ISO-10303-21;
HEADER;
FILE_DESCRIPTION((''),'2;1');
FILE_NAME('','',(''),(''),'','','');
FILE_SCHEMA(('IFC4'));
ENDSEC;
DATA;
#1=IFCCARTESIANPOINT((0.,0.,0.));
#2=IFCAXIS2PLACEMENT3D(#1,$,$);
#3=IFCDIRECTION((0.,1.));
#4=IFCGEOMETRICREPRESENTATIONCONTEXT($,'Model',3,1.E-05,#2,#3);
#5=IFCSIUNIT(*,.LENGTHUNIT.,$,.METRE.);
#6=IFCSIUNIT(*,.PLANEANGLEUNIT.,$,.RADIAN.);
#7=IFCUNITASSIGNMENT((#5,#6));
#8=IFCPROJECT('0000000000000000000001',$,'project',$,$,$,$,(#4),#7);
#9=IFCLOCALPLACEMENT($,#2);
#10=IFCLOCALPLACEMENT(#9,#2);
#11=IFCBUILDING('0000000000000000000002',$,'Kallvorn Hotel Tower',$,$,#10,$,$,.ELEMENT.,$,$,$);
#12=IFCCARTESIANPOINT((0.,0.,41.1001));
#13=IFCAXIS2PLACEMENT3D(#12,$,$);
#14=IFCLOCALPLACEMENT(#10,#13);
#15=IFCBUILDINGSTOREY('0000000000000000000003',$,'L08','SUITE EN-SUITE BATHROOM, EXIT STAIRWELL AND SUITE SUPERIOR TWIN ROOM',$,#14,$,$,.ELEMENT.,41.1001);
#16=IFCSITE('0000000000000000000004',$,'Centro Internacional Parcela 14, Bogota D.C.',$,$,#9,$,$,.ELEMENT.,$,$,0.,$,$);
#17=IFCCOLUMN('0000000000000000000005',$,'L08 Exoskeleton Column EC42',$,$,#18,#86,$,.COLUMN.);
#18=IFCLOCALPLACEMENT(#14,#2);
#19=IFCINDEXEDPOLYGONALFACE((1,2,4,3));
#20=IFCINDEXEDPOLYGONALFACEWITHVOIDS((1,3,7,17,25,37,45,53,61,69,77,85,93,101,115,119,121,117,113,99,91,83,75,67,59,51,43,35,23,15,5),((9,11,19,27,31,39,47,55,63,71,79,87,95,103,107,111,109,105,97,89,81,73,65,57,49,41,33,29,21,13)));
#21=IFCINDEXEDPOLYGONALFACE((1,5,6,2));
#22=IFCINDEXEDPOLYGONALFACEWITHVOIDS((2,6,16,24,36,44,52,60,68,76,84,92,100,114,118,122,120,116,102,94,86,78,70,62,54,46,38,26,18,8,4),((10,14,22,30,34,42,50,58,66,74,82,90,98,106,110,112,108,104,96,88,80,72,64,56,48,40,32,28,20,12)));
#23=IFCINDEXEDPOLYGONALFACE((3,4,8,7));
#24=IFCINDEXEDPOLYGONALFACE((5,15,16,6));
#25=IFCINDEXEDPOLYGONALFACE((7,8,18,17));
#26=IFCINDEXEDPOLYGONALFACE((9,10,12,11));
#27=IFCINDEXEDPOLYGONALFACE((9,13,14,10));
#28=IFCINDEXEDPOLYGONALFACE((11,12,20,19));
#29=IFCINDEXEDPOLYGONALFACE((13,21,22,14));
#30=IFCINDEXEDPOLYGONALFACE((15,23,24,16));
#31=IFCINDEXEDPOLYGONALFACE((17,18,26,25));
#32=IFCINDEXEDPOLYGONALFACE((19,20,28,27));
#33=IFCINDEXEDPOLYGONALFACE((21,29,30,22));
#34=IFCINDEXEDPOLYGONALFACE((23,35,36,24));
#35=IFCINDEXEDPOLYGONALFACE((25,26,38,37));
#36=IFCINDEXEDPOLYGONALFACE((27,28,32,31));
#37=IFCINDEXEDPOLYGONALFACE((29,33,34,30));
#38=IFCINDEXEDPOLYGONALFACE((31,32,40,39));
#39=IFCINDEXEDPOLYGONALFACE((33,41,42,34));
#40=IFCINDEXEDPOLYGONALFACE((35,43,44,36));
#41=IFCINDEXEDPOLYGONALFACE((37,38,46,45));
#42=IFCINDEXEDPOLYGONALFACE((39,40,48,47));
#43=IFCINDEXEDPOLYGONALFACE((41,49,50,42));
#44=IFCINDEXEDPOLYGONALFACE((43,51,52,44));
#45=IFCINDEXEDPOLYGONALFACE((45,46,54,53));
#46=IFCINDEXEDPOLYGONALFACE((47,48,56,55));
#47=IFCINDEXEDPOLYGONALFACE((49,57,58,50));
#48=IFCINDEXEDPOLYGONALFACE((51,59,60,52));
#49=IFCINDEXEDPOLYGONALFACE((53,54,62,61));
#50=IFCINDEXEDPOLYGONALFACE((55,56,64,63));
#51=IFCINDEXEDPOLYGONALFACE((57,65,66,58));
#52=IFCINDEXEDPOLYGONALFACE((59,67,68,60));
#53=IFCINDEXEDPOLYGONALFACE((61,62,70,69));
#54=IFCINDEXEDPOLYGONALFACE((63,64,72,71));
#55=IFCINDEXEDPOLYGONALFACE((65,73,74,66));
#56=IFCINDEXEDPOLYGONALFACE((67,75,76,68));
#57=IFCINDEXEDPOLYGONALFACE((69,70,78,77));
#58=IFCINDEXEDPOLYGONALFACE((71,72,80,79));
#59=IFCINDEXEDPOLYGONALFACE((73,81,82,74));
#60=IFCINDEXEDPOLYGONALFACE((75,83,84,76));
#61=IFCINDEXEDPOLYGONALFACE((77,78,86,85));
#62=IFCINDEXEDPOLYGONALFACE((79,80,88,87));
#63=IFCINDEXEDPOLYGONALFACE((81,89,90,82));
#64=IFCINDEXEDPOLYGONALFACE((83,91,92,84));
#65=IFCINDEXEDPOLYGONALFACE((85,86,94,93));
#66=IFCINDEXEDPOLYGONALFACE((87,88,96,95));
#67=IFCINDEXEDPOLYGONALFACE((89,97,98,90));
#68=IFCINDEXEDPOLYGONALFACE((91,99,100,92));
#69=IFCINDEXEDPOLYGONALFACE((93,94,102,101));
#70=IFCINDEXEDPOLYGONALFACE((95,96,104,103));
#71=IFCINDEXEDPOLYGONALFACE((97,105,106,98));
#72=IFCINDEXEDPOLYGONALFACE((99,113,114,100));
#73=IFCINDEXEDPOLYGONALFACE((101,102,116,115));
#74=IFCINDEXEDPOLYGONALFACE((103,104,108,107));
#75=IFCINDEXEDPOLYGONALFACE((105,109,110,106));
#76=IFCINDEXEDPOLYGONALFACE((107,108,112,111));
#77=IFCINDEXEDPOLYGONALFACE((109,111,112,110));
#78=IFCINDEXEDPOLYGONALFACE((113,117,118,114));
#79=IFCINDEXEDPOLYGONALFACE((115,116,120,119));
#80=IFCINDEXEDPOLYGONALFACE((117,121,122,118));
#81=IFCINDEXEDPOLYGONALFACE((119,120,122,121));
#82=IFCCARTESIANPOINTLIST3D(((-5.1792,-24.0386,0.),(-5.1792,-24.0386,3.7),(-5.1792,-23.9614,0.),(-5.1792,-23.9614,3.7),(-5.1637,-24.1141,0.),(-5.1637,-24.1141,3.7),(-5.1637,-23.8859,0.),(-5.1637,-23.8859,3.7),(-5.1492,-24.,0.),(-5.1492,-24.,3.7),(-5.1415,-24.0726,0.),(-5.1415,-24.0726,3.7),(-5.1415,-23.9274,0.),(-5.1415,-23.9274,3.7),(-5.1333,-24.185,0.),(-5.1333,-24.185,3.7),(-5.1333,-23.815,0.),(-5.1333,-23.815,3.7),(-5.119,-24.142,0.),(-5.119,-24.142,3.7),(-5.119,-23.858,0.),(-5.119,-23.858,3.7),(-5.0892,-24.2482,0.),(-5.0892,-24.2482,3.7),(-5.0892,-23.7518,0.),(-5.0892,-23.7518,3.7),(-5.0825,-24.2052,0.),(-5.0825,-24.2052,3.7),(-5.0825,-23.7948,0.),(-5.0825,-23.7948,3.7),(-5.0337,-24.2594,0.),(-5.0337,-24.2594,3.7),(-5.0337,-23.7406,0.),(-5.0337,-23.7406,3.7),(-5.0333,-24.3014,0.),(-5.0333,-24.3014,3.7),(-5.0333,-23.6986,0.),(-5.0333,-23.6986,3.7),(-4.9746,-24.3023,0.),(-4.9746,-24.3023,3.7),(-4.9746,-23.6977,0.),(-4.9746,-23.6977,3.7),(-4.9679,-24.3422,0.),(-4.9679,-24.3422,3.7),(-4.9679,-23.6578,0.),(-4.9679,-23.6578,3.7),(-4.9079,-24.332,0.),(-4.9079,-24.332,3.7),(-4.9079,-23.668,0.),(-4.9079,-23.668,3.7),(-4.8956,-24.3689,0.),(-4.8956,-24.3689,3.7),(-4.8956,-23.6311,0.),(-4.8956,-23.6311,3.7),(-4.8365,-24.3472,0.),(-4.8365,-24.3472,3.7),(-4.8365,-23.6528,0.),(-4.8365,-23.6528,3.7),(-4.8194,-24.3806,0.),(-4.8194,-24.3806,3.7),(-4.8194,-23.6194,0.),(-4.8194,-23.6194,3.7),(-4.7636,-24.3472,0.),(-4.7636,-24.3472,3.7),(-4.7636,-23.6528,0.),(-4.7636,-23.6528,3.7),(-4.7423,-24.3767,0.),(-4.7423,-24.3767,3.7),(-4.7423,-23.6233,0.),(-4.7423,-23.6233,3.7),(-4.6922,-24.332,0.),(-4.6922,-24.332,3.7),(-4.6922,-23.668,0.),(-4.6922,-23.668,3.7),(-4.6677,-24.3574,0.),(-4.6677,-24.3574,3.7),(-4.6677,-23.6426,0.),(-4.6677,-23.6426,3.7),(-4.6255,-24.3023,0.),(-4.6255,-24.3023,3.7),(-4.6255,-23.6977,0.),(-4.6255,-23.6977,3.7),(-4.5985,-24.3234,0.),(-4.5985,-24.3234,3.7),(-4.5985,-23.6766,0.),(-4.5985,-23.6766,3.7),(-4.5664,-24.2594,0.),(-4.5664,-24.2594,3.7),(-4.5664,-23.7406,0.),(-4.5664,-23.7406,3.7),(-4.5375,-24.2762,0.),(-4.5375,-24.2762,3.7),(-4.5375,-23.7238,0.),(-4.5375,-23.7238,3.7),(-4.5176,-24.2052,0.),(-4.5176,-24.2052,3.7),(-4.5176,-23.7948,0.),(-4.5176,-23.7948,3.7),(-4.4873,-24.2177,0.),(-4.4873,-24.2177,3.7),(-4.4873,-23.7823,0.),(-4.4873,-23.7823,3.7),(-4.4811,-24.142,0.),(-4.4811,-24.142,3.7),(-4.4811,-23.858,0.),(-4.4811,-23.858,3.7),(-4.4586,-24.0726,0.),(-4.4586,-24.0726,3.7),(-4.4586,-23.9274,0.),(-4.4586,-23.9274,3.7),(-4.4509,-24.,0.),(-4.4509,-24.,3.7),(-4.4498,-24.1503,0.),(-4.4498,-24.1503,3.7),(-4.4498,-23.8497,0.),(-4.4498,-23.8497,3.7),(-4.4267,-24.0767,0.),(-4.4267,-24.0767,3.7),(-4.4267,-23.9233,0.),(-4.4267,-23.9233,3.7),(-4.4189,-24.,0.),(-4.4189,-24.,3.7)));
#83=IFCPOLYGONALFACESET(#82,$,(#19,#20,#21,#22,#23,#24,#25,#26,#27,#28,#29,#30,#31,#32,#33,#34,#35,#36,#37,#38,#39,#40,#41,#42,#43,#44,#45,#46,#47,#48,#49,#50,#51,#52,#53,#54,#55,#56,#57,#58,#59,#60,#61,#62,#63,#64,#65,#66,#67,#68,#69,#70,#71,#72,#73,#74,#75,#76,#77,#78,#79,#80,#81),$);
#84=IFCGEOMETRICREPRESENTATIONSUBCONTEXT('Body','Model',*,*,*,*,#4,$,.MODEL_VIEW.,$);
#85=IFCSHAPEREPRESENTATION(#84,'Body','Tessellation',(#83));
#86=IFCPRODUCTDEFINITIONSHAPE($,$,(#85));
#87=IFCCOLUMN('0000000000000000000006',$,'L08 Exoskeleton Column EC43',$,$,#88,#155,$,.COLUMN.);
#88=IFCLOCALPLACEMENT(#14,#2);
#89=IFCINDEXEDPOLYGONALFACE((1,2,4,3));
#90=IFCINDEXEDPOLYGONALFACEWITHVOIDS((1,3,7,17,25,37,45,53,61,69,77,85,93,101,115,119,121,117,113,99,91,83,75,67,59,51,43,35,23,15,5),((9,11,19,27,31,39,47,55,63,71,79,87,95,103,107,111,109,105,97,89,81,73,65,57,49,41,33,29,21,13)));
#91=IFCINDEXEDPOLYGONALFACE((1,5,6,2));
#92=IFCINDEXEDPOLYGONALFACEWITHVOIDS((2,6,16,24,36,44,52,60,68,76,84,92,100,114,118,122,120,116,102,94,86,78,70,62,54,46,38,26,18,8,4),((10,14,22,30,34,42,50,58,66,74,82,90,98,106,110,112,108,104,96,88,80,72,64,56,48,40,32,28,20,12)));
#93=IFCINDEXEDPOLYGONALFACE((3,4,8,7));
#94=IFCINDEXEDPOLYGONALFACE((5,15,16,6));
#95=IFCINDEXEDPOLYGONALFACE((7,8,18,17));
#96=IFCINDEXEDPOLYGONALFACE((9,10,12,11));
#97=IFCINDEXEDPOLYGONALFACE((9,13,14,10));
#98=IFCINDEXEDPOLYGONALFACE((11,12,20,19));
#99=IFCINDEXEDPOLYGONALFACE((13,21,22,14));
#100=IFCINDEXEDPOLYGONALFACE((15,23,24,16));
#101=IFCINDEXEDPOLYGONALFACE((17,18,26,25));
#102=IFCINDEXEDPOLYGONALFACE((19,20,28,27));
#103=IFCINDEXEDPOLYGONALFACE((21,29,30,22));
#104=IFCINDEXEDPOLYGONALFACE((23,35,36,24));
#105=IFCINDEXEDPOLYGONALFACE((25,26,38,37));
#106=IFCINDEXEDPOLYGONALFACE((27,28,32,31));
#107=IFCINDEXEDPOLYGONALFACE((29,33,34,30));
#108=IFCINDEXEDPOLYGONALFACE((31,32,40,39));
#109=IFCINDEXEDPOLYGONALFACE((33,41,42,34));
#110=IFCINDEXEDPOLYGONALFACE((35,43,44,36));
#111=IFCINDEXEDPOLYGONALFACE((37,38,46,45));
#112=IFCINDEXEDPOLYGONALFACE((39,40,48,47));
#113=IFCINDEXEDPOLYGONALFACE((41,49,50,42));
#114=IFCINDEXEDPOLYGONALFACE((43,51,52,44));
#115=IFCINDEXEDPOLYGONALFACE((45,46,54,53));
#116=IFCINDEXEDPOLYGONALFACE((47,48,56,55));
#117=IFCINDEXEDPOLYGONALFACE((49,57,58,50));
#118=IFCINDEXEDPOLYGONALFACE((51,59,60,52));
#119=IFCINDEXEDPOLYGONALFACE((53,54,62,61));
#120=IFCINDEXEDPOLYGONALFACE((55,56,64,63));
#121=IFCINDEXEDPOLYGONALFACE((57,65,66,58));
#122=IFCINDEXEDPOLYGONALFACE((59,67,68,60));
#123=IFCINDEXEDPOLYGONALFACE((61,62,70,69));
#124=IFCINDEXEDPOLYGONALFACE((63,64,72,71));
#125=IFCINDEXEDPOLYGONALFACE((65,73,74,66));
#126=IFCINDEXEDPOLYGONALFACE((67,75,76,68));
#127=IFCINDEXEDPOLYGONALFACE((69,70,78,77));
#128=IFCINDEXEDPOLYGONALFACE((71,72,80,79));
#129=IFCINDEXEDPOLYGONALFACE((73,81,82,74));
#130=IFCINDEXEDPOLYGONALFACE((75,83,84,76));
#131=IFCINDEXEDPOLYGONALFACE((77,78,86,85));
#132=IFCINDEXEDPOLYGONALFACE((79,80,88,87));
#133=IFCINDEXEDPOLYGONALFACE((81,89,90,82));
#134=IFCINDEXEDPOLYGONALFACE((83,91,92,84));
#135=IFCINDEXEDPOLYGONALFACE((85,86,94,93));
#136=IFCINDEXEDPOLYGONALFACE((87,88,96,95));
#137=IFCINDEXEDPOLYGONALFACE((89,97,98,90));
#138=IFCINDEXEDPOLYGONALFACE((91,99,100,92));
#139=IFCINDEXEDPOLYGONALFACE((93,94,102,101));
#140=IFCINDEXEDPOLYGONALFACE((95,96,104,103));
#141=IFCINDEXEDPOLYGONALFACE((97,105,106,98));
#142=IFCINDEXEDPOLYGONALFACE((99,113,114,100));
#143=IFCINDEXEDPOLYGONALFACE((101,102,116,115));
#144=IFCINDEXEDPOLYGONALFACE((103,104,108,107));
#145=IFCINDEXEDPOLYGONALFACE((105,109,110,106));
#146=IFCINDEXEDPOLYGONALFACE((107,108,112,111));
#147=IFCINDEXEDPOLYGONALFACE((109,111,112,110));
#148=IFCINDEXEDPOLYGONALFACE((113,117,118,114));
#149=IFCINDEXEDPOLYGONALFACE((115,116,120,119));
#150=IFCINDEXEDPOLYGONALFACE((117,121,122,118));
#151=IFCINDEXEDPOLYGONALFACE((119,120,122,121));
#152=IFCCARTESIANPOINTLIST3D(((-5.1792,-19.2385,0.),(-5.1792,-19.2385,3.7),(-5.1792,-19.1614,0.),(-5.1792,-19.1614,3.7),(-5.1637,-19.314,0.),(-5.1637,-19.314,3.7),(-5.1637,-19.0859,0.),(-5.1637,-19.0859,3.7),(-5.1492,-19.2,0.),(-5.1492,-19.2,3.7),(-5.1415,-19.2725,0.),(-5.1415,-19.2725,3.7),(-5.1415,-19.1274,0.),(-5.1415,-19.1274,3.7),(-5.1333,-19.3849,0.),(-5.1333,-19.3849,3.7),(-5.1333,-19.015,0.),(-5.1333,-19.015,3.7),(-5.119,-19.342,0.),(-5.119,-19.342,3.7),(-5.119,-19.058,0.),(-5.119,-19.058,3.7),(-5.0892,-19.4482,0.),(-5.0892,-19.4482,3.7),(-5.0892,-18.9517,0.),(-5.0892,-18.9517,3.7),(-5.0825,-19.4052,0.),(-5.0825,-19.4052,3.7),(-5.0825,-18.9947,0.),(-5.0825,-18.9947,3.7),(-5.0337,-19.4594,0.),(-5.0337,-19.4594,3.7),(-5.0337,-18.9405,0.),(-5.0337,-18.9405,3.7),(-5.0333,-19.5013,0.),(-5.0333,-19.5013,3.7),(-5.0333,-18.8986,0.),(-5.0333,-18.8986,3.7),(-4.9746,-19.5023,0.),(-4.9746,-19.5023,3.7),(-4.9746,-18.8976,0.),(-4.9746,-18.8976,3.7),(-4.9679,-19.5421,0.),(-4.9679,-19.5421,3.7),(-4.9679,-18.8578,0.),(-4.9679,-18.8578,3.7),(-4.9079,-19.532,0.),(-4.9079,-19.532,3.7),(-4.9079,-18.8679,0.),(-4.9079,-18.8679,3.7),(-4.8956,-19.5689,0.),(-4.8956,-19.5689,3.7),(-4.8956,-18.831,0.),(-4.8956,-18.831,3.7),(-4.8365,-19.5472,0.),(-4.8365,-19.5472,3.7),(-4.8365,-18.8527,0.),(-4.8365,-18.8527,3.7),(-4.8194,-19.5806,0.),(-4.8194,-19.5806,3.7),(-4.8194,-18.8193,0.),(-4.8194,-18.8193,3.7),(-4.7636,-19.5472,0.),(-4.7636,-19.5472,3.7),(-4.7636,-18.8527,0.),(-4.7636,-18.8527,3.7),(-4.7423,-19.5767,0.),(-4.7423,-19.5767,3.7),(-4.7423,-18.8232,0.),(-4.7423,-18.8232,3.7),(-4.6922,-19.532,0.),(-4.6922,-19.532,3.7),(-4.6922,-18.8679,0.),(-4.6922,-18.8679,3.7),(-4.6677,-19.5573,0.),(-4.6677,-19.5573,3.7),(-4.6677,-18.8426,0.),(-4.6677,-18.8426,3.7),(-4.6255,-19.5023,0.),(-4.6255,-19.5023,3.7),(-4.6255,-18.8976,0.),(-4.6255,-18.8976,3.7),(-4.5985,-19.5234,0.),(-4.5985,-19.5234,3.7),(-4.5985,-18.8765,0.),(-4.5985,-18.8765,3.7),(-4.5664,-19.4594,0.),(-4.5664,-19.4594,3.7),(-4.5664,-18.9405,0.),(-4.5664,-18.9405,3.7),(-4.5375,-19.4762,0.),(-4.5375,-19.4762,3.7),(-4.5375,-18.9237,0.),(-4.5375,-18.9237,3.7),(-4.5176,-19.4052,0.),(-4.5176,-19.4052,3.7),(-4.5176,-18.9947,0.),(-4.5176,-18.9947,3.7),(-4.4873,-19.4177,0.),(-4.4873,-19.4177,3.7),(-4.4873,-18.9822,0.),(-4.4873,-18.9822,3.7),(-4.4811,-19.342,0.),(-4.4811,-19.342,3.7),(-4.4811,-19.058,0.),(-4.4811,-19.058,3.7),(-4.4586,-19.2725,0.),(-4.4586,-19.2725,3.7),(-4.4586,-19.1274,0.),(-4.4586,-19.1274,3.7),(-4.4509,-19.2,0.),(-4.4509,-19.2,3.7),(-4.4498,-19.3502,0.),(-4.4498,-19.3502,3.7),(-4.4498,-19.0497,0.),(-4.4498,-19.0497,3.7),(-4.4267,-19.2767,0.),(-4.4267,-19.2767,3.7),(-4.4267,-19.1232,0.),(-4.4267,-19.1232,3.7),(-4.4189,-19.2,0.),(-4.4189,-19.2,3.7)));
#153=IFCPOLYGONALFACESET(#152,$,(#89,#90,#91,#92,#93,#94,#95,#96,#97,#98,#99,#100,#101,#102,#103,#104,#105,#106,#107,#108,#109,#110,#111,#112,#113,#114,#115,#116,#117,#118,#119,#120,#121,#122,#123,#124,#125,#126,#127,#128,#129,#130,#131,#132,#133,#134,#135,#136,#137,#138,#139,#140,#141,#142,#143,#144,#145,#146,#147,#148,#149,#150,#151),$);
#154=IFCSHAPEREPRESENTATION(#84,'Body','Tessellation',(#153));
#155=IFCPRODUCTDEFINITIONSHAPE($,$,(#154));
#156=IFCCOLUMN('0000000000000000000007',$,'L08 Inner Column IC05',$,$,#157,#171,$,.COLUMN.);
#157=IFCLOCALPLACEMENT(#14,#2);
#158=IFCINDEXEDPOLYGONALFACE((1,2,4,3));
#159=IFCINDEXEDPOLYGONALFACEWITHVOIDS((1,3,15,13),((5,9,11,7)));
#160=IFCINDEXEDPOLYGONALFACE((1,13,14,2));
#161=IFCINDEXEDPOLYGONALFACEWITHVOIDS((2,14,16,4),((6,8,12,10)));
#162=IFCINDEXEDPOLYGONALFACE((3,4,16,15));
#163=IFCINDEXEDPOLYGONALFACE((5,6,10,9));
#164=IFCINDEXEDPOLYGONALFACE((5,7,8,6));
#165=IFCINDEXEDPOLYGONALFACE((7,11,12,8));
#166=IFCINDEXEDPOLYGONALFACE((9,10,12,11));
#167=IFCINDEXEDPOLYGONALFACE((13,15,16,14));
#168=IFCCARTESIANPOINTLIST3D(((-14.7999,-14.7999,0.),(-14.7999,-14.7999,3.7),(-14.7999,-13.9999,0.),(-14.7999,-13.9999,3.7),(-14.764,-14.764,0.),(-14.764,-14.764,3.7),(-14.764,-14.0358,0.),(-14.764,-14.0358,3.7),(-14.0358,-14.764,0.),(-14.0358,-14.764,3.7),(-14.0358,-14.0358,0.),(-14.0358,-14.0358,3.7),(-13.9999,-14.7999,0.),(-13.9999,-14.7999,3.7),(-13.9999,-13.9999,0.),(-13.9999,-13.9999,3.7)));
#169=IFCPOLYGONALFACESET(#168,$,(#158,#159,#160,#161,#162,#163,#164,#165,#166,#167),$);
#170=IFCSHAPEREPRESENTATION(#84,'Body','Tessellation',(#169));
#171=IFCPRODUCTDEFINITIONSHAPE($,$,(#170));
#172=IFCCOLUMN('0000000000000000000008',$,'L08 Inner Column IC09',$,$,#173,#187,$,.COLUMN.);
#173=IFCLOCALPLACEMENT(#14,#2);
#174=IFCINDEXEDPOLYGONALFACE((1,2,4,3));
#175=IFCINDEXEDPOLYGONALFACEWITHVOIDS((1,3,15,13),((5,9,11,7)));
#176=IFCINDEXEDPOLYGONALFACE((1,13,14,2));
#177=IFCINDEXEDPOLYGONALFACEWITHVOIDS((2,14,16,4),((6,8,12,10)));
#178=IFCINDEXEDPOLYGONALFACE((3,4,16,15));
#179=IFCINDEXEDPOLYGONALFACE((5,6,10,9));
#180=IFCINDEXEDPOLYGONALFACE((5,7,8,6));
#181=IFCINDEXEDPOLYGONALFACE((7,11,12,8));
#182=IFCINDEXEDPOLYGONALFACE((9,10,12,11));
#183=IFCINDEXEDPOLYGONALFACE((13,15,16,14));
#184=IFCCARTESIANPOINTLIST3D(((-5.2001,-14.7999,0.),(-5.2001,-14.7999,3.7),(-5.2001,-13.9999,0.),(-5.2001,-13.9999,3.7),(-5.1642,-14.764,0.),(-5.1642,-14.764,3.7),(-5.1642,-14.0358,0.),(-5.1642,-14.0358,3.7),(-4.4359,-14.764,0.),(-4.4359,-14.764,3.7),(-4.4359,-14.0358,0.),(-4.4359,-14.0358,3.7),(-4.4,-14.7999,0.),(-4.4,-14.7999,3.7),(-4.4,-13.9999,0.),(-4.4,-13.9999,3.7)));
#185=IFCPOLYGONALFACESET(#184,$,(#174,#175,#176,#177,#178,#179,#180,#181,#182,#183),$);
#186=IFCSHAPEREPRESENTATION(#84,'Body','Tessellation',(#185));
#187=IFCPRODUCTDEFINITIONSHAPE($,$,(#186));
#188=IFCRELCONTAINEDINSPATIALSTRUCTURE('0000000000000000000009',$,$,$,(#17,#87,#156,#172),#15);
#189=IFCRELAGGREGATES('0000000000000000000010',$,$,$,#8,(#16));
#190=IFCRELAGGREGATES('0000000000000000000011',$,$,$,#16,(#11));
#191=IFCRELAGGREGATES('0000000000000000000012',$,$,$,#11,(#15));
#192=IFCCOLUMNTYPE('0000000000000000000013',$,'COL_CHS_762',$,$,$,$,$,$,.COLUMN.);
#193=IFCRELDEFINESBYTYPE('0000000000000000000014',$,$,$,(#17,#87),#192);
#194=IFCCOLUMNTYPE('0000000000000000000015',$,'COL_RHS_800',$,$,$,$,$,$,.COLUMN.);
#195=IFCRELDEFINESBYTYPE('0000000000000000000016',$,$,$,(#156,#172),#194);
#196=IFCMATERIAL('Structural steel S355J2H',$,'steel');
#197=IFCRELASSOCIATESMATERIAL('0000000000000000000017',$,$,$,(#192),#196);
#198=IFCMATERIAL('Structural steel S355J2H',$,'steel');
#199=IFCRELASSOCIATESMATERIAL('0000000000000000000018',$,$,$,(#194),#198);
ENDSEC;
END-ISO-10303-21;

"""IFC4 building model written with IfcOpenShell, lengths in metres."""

from ifc_helpers import new_model, si_unit, direction, frame, origin, origin_2d, place, context, subcontext, project, spatial, hollow_rectangle, hollow_circle, extrude, material, material_profile, profile_set, type_object, element, save


model = new_model("IFC4")

# Units and contexts
model_context = context("Model", 3, precision=1e-05, world=origin(), true_north=direction((0.0, 1.0)))
body_context = subcontext(model_context, "Body", "Model", "MODEL_VIEW")
ifc_project = project(units=[si_unit("LENGTHUNIT", "METRE"), si_unit("PLANEANGLEUNIT", "RADIAN")], contexts=[model_context])

# Site, building, storey
site_placement = place(None, origin())
site = spatial("IfcSite", under=ifc_project, at=site_placement, Name="Centro Internacional Parcela 14, Bogota D.C.", CompositionType="ELEMENT", RefElevation=0.0)
building_placement = place(site_placement, origin())
building = spatial("IfcBuilding", under=site, at=building_placement, Name="Kallvorn Hotel Tower", CompositionType="ELEMENT")
storey_placement = place(building_placement, frame((0.0, 0.0, 41.1001)))
storey = spatial("IfcBuildingStorey", under=building, at=storey_placement, Name="L08", Description="SUITE EN-SUITE BATHROOM, EXIT STAIRWELL AND SUITE SUPERIOR TWIN ROOM", CompositionType="ELEMENT", Elevation=41.1001)

# Columns
ifc_material_1 = material(Name="Structural steel S355J2H", Category="steel")
ifc_material_profile_1 = material_profile(ifc_material_1, hollow_circle(Radius=0.3811, WallThickness=0.032, at=origin_2d()), Name="CHS 762x32")
ifc_profile_set_1 = profile_set([ifc_material_profile_1], Name="Structural steel S355J2H")
column_type_1 = type_object("IfcColumnType", Name="COL_CHS_762", PredefinedType="COLUMN", material=ifc_profile_set_1)
for number, where, z_axis, x_axis, name in (
    (1, (-4.8, -24.0, 0.0), (0.0, 0.0, 1.0), (1.0, 0.0, 0.0), "L08 Exoskeleton Column EC42"),
    (2, (-4.8, -19.2, 0.0), (0.0, 0.0, 1.0), (1.0, 0.0, 0.0), "L08 Exoskeleton Column EC43"),
):
    element("IfcColumn", number, at=place(storey_placement, frame(where, z_axis=z_axis, x_axis=x_axis)), inside=storey, type_object=column_type_1, Name=name, PredefinedType="COLUMN", context=body_context, shape_type="SweptSolid", body=[
        extrude(hollow_circle(Radius=0.3811, WallThickness=0.032, at=origin_2d()), origin(), (0.0, 0.0, 1.0), 3.7),
    ])
ifc_material_2 = material(Name="Structural steel S355J2H", Category="steel")
ifc_material_profile_2 = material_profile(ifc_material_2, hollow_rectangle(XDim=0.8, YDim=0.8, WallThickness=0.0359, at=origin_2d()), Name="RHS 800x800x36")
ifc_profile_set_2 = profile_set([ifc_material_profile_2], Name="Structural steel S355J2H")
column_type_2 = type_object("IfcColumnType", Name="COL_RHS_800", PredefinedType="COLUMN", material=ifc_profile_set_2)
for number, where, z_axis, x_axis, name in (
    (3, (-14.3999, -14.3999, 0.0), (0.0, 0.0, 1.0), (1.0, 0.0, 0.0), "L08 Inner Column IC05"),
    (4, (-4.8, -14.3999, 0.0), (0.0, 0.0, 1.0), (1.0, 0.0, 0.0), "L08 Inner Column IC09"),
):
    element("IfcColumn", number, at=place(storey_placement, frame(where, z_axis=z_axis, x_axis=x_axis)), inside=storey, type_object=column_type_2, Name=name, PredefinedType="COLUMN", context=body_context, shape_type="SweptSolid", body=[
        extrude(hollow_rectangle(XDim=0.8, YDim=0.8, WallThickness=0.0359, at=origin_2d()), origin(), (0.0, 0.0, 1.0), 3.7),
    ])

save(model, "model.ifc")
